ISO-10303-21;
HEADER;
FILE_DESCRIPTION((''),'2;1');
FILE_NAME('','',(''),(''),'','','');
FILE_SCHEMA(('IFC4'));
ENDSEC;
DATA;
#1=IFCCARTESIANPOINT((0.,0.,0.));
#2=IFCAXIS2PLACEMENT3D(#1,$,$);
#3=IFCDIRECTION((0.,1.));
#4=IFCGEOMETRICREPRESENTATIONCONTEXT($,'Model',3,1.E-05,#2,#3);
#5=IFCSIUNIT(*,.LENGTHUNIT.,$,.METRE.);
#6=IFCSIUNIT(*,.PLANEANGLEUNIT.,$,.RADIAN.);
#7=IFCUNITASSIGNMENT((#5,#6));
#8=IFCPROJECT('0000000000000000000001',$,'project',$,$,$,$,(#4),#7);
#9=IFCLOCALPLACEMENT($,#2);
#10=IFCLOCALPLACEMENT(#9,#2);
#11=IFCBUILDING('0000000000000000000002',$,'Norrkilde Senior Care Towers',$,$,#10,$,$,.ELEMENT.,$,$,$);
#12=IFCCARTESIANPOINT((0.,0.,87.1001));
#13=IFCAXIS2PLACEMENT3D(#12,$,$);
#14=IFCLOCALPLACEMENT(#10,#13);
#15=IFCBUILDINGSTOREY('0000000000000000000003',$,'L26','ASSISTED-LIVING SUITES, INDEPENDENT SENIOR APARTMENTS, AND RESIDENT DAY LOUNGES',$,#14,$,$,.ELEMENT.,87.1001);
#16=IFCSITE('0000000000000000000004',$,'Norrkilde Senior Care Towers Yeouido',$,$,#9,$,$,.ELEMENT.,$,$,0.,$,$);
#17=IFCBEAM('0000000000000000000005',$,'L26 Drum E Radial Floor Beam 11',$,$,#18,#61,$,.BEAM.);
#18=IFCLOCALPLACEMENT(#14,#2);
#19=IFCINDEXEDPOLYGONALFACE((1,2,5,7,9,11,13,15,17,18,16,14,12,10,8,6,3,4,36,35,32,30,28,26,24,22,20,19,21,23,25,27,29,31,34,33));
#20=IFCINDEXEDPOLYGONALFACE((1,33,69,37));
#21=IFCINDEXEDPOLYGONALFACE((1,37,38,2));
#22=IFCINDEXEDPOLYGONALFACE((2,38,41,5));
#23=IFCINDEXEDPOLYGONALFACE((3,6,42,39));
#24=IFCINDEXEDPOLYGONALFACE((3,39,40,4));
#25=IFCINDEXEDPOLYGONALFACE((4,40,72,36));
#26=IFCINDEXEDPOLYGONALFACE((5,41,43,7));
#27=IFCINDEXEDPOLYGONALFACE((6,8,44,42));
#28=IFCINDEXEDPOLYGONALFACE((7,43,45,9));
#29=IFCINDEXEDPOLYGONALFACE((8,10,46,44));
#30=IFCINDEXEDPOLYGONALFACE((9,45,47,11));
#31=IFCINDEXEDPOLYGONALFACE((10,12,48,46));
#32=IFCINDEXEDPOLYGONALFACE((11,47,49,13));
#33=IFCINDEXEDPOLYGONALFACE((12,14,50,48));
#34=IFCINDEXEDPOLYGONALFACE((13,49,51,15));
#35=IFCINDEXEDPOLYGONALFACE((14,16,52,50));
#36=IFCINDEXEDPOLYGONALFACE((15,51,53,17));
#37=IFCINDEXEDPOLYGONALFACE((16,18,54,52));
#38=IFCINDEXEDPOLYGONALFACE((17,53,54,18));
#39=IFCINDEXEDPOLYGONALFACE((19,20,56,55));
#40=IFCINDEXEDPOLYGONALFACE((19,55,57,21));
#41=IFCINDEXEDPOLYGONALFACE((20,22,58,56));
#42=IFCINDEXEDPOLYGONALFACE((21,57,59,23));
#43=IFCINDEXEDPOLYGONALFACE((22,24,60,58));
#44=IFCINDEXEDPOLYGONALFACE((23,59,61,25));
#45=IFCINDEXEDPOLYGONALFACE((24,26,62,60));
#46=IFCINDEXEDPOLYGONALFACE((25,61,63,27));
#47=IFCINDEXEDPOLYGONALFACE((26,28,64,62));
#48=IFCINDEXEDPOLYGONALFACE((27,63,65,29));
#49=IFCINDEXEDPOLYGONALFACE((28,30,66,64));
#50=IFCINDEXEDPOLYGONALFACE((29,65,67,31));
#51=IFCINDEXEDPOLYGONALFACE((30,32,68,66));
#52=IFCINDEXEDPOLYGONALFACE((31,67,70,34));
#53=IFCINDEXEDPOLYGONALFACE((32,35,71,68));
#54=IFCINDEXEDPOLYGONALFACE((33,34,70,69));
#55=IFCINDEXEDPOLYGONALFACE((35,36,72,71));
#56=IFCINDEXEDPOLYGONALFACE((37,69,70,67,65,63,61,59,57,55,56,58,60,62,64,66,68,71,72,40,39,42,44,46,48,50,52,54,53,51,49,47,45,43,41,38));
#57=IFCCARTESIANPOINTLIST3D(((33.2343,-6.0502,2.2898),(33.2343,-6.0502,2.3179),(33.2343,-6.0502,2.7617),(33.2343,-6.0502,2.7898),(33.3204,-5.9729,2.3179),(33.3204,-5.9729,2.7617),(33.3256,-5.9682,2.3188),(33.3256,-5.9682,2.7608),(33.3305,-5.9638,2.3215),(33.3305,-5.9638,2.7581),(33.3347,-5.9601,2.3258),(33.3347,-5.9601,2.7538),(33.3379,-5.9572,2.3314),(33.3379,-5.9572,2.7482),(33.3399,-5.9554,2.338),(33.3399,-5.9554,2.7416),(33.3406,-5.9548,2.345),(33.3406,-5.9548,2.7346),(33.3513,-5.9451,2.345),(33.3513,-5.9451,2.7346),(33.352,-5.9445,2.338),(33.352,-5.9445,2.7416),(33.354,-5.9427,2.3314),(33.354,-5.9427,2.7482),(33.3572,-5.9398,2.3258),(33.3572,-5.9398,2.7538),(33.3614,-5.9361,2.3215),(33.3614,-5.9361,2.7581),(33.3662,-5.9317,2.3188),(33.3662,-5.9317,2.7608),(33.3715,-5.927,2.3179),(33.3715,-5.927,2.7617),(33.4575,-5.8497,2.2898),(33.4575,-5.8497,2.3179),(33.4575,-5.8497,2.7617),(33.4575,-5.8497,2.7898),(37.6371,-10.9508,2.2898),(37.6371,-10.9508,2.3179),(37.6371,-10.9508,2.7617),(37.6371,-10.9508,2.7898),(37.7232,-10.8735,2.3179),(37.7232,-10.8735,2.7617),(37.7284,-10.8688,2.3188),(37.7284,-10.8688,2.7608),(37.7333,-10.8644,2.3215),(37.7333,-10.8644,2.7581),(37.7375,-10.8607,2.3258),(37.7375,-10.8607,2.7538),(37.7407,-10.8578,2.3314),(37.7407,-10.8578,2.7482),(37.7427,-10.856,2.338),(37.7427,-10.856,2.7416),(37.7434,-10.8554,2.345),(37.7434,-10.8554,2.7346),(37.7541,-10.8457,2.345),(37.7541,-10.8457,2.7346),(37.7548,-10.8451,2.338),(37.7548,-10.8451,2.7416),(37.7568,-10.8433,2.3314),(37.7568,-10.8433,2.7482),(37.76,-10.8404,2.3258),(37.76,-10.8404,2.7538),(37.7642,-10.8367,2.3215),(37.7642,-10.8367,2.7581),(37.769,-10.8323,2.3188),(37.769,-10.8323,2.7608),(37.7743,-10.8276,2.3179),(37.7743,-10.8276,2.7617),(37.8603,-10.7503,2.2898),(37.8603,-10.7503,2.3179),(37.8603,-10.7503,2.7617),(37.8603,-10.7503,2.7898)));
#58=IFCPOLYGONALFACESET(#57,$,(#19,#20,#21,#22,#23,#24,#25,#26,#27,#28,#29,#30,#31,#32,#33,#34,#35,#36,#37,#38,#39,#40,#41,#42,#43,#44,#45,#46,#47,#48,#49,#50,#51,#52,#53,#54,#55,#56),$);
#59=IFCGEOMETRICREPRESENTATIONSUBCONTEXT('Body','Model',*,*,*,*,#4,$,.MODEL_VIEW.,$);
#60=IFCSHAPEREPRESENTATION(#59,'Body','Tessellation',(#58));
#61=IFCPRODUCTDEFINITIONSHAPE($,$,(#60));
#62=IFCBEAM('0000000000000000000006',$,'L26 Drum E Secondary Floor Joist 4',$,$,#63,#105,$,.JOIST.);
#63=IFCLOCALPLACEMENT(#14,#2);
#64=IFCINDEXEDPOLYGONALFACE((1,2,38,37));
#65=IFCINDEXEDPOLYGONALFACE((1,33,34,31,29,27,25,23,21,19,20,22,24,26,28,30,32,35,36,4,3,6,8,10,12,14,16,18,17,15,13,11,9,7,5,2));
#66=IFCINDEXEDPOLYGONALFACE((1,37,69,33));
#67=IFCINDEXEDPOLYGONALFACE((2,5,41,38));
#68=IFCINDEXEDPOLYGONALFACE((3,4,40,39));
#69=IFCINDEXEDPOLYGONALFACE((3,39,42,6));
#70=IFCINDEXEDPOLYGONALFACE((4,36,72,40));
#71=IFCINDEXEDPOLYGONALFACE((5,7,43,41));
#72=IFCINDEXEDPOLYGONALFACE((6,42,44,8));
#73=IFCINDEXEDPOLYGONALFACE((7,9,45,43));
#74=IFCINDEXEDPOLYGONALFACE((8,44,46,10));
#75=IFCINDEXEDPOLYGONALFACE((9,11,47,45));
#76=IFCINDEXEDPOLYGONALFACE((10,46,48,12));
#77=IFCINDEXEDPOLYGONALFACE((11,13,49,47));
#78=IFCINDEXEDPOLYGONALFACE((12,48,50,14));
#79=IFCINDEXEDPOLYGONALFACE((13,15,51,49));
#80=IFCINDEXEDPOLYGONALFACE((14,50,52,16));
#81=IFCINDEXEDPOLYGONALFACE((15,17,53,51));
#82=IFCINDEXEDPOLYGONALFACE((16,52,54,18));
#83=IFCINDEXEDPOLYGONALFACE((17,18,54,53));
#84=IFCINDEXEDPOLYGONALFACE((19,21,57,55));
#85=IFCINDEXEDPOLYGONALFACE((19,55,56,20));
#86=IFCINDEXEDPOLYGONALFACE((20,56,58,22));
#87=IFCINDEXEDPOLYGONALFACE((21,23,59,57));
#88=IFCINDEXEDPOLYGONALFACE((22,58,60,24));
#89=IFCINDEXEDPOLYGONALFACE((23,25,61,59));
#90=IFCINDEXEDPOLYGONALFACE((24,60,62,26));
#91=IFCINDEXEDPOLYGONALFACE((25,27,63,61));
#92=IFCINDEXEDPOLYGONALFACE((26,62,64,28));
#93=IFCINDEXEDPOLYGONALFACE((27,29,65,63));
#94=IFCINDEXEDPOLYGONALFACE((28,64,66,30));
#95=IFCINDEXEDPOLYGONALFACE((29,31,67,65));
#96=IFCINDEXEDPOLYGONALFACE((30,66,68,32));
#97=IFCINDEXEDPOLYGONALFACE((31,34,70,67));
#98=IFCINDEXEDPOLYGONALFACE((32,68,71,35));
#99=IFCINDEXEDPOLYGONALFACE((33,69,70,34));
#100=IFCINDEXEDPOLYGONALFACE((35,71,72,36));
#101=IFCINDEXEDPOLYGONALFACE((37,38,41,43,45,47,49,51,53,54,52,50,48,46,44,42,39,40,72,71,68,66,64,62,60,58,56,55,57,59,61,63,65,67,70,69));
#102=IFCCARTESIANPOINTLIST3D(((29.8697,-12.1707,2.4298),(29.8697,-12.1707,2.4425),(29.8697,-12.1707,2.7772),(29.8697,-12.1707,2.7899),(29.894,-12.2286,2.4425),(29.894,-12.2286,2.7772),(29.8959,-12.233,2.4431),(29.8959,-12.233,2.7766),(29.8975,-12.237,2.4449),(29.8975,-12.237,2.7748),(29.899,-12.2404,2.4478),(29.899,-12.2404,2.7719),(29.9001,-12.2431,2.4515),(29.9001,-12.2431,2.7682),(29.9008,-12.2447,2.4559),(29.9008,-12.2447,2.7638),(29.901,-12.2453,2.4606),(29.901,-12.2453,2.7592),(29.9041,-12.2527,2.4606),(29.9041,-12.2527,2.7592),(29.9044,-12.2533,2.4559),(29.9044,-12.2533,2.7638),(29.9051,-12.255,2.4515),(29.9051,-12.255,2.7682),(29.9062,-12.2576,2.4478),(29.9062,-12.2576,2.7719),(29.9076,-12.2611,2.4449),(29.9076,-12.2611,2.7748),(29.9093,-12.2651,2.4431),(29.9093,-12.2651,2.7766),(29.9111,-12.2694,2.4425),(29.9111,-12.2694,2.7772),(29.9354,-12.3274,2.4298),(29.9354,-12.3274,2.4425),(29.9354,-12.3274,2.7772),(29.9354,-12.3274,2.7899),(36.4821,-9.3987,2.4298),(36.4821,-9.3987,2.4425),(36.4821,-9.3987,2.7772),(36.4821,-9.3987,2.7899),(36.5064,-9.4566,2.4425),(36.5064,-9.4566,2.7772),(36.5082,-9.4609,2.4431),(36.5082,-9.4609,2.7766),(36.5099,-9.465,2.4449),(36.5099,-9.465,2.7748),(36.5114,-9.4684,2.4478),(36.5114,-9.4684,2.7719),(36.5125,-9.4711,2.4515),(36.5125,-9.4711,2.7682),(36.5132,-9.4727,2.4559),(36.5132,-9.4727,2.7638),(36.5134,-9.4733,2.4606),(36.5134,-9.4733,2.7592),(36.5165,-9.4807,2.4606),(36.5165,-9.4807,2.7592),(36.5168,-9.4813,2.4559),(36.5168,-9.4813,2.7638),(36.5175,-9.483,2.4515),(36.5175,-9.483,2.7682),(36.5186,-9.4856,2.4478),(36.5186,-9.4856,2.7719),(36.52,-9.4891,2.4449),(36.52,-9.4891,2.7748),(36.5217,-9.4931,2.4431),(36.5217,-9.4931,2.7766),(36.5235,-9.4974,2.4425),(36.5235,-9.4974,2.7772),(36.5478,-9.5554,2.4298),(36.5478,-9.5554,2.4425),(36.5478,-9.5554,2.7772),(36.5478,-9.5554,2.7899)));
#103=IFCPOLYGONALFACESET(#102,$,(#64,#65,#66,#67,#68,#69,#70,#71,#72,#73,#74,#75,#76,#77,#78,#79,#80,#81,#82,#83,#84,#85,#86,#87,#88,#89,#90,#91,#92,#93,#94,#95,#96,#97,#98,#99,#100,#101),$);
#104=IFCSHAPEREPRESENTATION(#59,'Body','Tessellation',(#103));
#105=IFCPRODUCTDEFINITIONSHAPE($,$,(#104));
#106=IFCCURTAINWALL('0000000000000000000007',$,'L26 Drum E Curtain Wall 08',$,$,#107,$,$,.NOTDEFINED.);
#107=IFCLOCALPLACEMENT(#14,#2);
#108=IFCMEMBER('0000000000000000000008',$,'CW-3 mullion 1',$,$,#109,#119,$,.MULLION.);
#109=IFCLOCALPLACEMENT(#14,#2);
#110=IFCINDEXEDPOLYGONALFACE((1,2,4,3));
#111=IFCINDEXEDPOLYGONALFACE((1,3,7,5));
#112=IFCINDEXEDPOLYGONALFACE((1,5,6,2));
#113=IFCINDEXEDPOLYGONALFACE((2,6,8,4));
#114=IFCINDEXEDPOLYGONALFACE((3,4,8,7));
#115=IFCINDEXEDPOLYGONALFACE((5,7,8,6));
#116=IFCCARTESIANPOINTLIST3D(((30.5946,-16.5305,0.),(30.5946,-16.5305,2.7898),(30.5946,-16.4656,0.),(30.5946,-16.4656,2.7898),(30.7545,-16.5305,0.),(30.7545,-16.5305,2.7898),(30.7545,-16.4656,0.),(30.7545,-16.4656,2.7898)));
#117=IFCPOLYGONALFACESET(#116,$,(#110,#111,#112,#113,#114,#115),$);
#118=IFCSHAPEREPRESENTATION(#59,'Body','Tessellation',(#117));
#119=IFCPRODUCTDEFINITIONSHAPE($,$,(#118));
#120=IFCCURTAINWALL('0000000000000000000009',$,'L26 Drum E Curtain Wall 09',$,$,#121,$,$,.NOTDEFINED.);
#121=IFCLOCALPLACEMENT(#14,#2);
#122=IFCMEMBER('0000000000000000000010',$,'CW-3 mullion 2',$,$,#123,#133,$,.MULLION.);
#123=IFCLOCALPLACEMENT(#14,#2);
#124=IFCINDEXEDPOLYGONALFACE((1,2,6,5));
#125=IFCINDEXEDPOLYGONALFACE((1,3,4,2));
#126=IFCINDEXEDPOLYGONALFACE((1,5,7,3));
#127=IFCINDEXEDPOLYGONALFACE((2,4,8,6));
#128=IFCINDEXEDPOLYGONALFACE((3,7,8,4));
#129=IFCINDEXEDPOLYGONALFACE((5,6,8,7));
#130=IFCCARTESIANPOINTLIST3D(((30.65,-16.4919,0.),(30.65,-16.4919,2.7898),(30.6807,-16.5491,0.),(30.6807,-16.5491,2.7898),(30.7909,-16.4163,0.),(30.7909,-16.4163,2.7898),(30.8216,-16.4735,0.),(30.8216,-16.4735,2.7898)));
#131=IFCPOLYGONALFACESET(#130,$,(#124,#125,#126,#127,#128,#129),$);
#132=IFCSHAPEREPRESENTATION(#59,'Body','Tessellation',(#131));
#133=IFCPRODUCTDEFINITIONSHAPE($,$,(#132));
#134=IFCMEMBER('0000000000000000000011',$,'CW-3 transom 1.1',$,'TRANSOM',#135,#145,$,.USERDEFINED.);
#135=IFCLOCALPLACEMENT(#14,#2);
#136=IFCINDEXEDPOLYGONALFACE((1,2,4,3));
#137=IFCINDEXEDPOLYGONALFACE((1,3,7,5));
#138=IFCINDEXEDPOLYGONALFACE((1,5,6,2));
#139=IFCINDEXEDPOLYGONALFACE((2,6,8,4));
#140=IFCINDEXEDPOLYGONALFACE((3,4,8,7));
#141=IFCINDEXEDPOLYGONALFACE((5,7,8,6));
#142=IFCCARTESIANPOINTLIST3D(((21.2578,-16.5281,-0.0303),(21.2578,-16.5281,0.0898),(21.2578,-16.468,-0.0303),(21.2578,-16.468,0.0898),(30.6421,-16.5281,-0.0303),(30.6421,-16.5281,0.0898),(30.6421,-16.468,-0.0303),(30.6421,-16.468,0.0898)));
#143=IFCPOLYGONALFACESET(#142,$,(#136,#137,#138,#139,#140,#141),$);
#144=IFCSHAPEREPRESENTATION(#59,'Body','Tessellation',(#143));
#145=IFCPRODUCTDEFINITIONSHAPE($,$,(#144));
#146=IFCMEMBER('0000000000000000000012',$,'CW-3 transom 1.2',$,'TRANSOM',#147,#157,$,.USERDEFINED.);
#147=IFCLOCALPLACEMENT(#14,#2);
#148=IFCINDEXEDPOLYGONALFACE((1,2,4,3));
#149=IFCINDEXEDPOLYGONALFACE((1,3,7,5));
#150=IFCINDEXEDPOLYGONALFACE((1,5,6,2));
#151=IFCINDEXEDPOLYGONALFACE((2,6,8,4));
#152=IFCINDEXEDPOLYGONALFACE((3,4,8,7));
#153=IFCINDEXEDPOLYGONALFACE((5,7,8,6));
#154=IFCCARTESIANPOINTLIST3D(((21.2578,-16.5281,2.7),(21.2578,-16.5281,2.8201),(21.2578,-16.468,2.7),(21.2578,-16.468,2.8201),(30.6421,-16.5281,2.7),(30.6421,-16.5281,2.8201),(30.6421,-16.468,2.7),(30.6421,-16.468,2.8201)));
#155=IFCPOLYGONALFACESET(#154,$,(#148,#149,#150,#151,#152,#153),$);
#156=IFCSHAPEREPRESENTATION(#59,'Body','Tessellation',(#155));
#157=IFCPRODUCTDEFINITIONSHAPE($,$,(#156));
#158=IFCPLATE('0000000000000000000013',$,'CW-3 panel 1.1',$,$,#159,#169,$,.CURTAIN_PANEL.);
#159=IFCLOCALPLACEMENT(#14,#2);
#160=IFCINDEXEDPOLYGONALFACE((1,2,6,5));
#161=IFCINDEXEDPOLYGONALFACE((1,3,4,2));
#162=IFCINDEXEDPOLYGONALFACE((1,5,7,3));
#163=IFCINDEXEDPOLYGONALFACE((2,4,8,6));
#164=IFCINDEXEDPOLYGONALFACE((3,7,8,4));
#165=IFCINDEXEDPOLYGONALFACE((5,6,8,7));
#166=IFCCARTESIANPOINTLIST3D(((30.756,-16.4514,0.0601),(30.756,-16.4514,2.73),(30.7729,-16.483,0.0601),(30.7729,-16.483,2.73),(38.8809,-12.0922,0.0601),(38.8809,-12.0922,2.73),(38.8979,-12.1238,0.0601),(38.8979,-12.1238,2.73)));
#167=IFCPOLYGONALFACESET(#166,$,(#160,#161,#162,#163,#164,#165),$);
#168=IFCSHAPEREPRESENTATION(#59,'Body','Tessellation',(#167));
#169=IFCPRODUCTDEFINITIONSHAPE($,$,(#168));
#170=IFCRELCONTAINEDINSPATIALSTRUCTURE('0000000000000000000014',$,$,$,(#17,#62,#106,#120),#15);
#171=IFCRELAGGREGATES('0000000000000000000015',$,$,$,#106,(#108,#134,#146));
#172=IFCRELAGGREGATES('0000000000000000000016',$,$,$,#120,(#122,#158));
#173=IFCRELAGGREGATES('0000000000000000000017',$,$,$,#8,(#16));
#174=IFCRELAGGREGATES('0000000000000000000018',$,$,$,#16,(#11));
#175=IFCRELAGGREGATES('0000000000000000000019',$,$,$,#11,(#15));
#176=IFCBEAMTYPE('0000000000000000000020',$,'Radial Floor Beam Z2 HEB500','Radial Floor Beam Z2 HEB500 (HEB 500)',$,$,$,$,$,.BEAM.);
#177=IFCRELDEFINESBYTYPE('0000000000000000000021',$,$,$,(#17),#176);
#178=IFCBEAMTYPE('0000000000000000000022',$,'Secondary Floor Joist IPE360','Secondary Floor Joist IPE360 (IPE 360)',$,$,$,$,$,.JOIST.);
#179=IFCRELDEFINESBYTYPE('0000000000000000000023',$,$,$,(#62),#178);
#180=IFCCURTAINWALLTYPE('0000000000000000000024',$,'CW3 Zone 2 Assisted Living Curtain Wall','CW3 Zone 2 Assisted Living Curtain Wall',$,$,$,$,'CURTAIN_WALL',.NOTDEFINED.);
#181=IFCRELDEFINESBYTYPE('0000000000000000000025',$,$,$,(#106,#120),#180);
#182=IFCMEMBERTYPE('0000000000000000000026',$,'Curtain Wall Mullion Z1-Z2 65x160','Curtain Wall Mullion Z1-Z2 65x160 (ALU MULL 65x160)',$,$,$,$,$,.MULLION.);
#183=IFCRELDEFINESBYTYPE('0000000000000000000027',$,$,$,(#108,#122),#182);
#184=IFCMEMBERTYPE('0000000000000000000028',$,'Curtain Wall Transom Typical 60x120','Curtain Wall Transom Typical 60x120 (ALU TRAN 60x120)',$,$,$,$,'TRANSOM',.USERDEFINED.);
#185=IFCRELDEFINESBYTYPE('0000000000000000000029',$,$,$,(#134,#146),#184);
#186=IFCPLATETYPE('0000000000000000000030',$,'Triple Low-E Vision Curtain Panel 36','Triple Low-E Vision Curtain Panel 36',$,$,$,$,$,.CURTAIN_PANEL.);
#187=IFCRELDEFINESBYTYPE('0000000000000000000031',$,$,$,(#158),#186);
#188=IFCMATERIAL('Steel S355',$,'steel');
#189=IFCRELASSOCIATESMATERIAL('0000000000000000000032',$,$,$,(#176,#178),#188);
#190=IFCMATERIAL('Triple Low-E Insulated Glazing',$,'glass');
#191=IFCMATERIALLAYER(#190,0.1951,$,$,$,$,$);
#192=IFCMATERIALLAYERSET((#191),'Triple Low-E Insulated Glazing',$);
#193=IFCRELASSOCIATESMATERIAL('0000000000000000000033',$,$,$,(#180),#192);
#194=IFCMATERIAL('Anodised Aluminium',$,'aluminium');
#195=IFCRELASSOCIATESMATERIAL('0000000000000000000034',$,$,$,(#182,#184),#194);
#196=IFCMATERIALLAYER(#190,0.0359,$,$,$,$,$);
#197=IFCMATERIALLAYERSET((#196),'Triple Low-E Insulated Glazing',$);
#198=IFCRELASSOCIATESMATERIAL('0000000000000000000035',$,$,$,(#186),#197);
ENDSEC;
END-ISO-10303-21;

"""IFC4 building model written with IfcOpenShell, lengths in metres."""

from ifc_helpers import new_model, si_unit, direction, frame, origin, origin_2d, place, context, subcontext, project, spatial, rectangle, i_section, extrude, source, transform, mapped, material, layer, layer_set, material_profile, profile_set, type_object, type_shapes, element, aggregate, save


model = new_model("IFC4")

# Units and contexts
model_context = context("Model", 3, precision=1e-05, world=origin(), true_north=direction((0.0, 1.0)))
body_context = subcontext(model_context, "Body", "Model", "MODEL_VIEW")
ifc_project = project(units=[si_unit("LENGTHUNIT", "METRE"), si_unit("PLANEANGLEUNIT", "RADIAN")], contexts=[model_context])

# Site, building, storey
site_placement = place(None, origin())
site = spatial("IfcSite", under=ifc_project, at=site_placement, Name="Norrkilde Senior Care Towers Yeouido", CompositionType="ELEMENT", RefElevation=0.0)
building_placement = place(site_placement, origin())
building = spatial("IfcBuilding", under=site, at=building_placement, Name="Norrkilde Senior Care Towers", CompositionType="ELEMENT")
storey_placement = place(building_placement, frame((0.0, 0.0, 87.1001)))
storey = spatial("IfcBuildingStorey", under=building, at=storey_placement, Name="L26", Description="ASSISTED-LIVING SUITES, INDEPENDENT SENIOR APARTMENTS, AND RESIDENT DAY LOUNGES", CompositionType="ELEMENT", Elevation=87.1001)

# Beams
ifc_material_1 = material(Name="Steel S355", Category="steel")
ifc_material_profile_1 = material_profile(ifc_material_1, i_section(OverallWidth=0.3, OverallDepth=0.5, WebThickness=0.0144, FlangeThickness=0.0281, FilletRadius=0.0271, at=origin_2d()), Name="HEB 500")
ifc_profile_set_1 = profile_set([ifc_material_profile_1], Name="Steel S355")
beam_type_1 = type_object("IfcBeamType", Name="Radial Floor Beam Z2 HEB500", Description="Radial Floor Beam Z2 HEB500 (HEB 500)", PredefinedType="BEAM", material=ifc_profile_set_1)
shared_shape_1 = source(origin(), body_context, "Body", "SweptSolid", [
    extrude(i_section(OverallWidth=0.3, OverallDepth=0.5, WebThickness=0.0144, FlangeThickness=0.0281, FilletRadius=0.0271, at=origin_2d()), origin(), (0.0, 0.0, 1.0), 6.5879),
])
beam_1_placement = place(storey_placement, frame((33.3459, -5.95, 2.5398), z_axis=(0.668315, -0.743878, 0.0), x_axis=(0.743878, 0.668315, 0.0)))
element("IfcBeam", 1, at=beam_1_placement, inside=storey, type_object=beam_type_1, Name="L26 Drum E Radial Floor Beam 11", PredefinedType="BEAM", context=body_context, shape_type="MappedRepresentation", body=[
    mapped(shared_shape_1, transform((0.0, 0.0, 0.0), x_axis=(1.0, 0.0, 0.0), y_axis=(0.0, 1.0, 0.0), z_axis=(0.0, 0.0, 1.0), scale=1.0)),
])
ifc_material_profile_2 = material_profile(ifc_material_1, i_section(OverallWidth=0.1699, OverallDepth=0.3601, WebThickness=0.0081, FlangeThickness=0.0127, FilletRadius=0.0181, at=origin_2d()), Name="IPE 360")
ifc_profile_set_2 = profile_set([ifc_material_profile_2], Name="Steel S355")
beam_type_2 = type_object("IfcBeamType", Name="Secondary Floor Joist IPE360", Description="Secondary Floor Joist IPE360 (IPE 360)", PredefinedType="JOIST", material=ifc_profile_set_2)
shared_shape_2 = source(origin(), body_context, "Body", "SweptSolid", [
    extrude(i_section(OverallWidth=0.1699, OverallDepth=0.3601, WebThickness=0.0081, FlangeThickness=0.0127, FilletRadius=0.0181, at=origin_2d()), origin(), (0.0, 0.0, 1.0), 7.1699),
])
type_shapes(beam_type_2, [shared_shape_2])
beam_2_placement = place(storey_placement, frame((29.9026, -12.249, 2.6099), z_axis=(0.922241, 0.386616, 0.0), x_axis=(-0.386616, 0.922241, 0.0)))
element("IfcBeam", 2, at=beam_2_placement, inside=storey, type_object=beam_type_2, Name="L26 Drum E Secondary Floor Joist 4", PredefinedType="JOIST", context=body_context, shape_type="MappedRepresentation", body=[
    mapped(shared_shape_2, transform((0.0, 0.0, 0.0), x_axis=(1.0, 0.0, 0.0), y_axis=(0.0, 1.0, 0.0), z_axis=(0.0, 0.0, 1.0), scale=1.0)),
])

# Curtain walls, members
ifc_material_2 = material(Name="Triple Low-E Insulated Glazing", Category="glass")
ifc_layer_1 = layer(ifc_material_2, 0.1951)
ifc_layer_set_1 = layer_set([ifc_layer_1], Name="Triple Low-E Insulated Glazing")
curtain_wall_type = type_object("IfcCurtainWallType", Name="CW3 Zone 2 Assisted Living Curtain Wall", Description="CW3 Zone 2 Assisted Living Curtain Wall", ElementType="CURTAIN_WALL", PredefinedType="NOTDEFINED", material=ifc_layer_set_1)
curtain_wall_1_placement = place(storey_placement, origin())
curtain_wall_1 = element("IfcCurtainWall", 3, at=curtain_wall_1_placement, inside=storey, type_object=curtain_wall_type, Name="L26 Drum E Curtain Wall 08", PredefinedType="NOTDEFINED")
ifc_material_3 = material(Name="Anodised Aluminium", Category="aluminium")
ifc_material_profile_3 = material_profile(ifc_material_3, rectangle(XDim=0.0649, YDim=0.1599, at=origin_2d()), Name="ALU MULL 65x160")
ifc_profile_set_3 = profile_set([ifc_material_profile_3], Name="Anodised Aluminium")
member_type_1 = type_object("IfcMemberType", Name="Curtain Wall Mullion Z1-Z2 65x160", Description="Curtain Wall Mullion Z1-Z2 65x160 (ALU MULL 65x160)", PredefinedType="MULLION", material=ifc_profile_set_3)
shared_shape_3 = source(origin(), body_context, "Body", "SweptSolid", [
    extrude(rectangle(XDim=0.0649, YDim=0.1599, at=origin_2d()), origin(), (0.0, 0.0, 1.0), 2.7898),
])
type_shapes(member_type_1, [shared_shape_3])
member_1_placement = place(storey_placement, frame((30.6746, -16.498, 0.0), z_axis=(0.0, 0.0, 1.0), x_axis=(0.0, -1.0, 0.0)))
member_1 = element("IfcMember", 4, at=member_1_placement, type_object=member_type_1, Name="CW-3 mullion 1", PredefinedType="MULLION", context=body_context, shape_type="MappedRepresentation", body=[
    mapped(shared_shape_3, transform((0.0, 0.0, 0.0), x_axis=(1.0, 0.0, 0.0), y_axis=(0.0, 1.0, 0.0), z_axis=(0.0, 0.0, 1.0), scale=1.0)),
])
curtain_wall_2_placement = place(storey_placement, origin())
curtain_wall_2 = element("IfcCurtainWall", 5, at=curtain_wall_2_placement, inside=storey, type_object=curtain_wall_type, Name="L26 Drum E Curtain Wall 09", PredefinedType="NOTDEFINED")
member_2_placement = place(storey_placement, frame((30.7358, -16.4827, 0.0), z_axis=(0.0, 0.0, 1.0), x_axis=(0.472769, -0.881186, 0.0)))
member_2 = element("IfcMember", 6, at=member_2_placement, type_object=member_type_1, Name="CW-3 mullion 2", PredefinedType="MULLION", context=body_context, shape_type="MappedRepresentation", body=[
    mapped(shared_shape_3, transform((0.0, 0.0, 0.0), x_axis=(1.0, 0.0, 0.0), y_axis=(0.0, 1.0, 0.0), z_axis=(0.0, 0.0, 1.0), scale=1.0)),
])

# Members
ifc_material_profile_4 = material_profile(ifc_material_3, rectangle(XDim=0.0601, YDim=0.1201, at=origin_2d()), Name="ALU TRAN 60x120")
ifc_profile_set_4 = profile_set([ifc_material_profile_4], Name="Anodised Aluminium")
member_type_2 = type_object("IfcMemberType", Name="Curtain Wall Transom Typical 60x120", Description="Curtain Wall Transom Typical 60x120 (ALU TRAN 60x120)", ElementType="TRANSOM", PredefinedType="USERDEFINED", material=ifc_profile_set_4)
shared_shape_4 = source(origin(), body_context, "Body", "SweptSolid", [
    extrude(rectangle(XDim=0.0601, YDim=0.1201, at=origin_2d()), origin(), (0.0, 0.0, 1.0), 9.3843),
])
type_shapes(member_type_2, [shared_shape_4])
member_3_placement = place(storey_placement, frame((30.6421, -16.498, 0.0298), z_axis=(-1.0, 0.0, 0.0), x_axis=(0.0, -1.0, 0.0)))
member_3 = element("IfcMember", 7, at=member_3_placement, type_object=member_type_2, Name="CW-3 transom 1.1", ObjectType="TRANSOM", PredefinedType="USERDEFINED", context=body_context, shape_type="MappedRepresentation", body=[
    mapped(shared_shape_4, transform((0.0, 0.0, 0.0), x_axis=(1.0, 0.0, 0.0), y_axis=(0.0, 1.0, 0.0), z_axis=(0.0, 0.0, 1.0), scale=1.0)),
])
member_4_placement = place(storey_placement, frame((30.6421, -16.498, 2.76), z_axis=(-1.0, 0.0, 0.0), x_axis=(0.0, -1.0, 0.0)))
member_4 = element("IfcMember", 8, at=member_4_placement, type_object=member_type_2, Name="CW-3 transom 1.2", ObjectType="TRANSOM", PredefinedType="USERDEFINED", context=body_context, shape_type="MappedRepresentation", body=[
    mapped(shared_shape_4, transform((0.0, 0.0, 0.0), x_axis=(1.0, 0.0, 0.0), y_axis=(0.0, 1.0, 0.0), z_axis=(0.0, 0.0, 1.0), scale=1.0)),
])
aggregate(curtain_wall_1, [member_1, member_3, member_4])

# Plate
ifc_layer_2 = layer(ifc_material_2, 0.0359)
ifc_layer_set_2 = layer_set([ifc_layer_2], Name="Triple Low-E Insulated Glazing")
plate_type = type_object("IfcPlateType", Name="Triple Low-E Vision Curtain Panel 36", Description="Triple Low-E Vision Curtain Panel 36", PredefinedType="CURTAIN_PANEL", material=ifc_layer_set_2)
shared_shape_5 = source(origin(), body_context, "Body", "SweptSolid", [
    extrude(rectangle(XDim=9.2205, YDim=0.0359, at=origin_2d()), origin(), (0.0, 0.0, 1.0), 2.6699),
])
type_shapes(plate_type, [shared_shape_5])
plate_placement = place(storey_placement, frame((34.8269, -14.2876, 0.0601), z_axis=(0.0, 0.0, 1.0), x_axis=(-0.881186, -0.472769, 0.0)))
plate = element("IfcPlate", 9, at=plate_placement, type_object=plate_type, Name="CW-3 panel 1.1", PredefinedType="CURTAIN_PANEL", context=body_context, shape_type="MappedRepresentation", body=[
    mapped(shared_shape_5, transform((0.0, 0.0, 0.0), x_axis=(1.0, 0.0, 0.0), y_axis=(0.0, 1.0, 0.0), z_axis=(0.0, 0.0, 1.0), scale=1.0)),
])
aggregate(curtain_wall_2, [member_2, plate])

save(model, "model.ifc")
